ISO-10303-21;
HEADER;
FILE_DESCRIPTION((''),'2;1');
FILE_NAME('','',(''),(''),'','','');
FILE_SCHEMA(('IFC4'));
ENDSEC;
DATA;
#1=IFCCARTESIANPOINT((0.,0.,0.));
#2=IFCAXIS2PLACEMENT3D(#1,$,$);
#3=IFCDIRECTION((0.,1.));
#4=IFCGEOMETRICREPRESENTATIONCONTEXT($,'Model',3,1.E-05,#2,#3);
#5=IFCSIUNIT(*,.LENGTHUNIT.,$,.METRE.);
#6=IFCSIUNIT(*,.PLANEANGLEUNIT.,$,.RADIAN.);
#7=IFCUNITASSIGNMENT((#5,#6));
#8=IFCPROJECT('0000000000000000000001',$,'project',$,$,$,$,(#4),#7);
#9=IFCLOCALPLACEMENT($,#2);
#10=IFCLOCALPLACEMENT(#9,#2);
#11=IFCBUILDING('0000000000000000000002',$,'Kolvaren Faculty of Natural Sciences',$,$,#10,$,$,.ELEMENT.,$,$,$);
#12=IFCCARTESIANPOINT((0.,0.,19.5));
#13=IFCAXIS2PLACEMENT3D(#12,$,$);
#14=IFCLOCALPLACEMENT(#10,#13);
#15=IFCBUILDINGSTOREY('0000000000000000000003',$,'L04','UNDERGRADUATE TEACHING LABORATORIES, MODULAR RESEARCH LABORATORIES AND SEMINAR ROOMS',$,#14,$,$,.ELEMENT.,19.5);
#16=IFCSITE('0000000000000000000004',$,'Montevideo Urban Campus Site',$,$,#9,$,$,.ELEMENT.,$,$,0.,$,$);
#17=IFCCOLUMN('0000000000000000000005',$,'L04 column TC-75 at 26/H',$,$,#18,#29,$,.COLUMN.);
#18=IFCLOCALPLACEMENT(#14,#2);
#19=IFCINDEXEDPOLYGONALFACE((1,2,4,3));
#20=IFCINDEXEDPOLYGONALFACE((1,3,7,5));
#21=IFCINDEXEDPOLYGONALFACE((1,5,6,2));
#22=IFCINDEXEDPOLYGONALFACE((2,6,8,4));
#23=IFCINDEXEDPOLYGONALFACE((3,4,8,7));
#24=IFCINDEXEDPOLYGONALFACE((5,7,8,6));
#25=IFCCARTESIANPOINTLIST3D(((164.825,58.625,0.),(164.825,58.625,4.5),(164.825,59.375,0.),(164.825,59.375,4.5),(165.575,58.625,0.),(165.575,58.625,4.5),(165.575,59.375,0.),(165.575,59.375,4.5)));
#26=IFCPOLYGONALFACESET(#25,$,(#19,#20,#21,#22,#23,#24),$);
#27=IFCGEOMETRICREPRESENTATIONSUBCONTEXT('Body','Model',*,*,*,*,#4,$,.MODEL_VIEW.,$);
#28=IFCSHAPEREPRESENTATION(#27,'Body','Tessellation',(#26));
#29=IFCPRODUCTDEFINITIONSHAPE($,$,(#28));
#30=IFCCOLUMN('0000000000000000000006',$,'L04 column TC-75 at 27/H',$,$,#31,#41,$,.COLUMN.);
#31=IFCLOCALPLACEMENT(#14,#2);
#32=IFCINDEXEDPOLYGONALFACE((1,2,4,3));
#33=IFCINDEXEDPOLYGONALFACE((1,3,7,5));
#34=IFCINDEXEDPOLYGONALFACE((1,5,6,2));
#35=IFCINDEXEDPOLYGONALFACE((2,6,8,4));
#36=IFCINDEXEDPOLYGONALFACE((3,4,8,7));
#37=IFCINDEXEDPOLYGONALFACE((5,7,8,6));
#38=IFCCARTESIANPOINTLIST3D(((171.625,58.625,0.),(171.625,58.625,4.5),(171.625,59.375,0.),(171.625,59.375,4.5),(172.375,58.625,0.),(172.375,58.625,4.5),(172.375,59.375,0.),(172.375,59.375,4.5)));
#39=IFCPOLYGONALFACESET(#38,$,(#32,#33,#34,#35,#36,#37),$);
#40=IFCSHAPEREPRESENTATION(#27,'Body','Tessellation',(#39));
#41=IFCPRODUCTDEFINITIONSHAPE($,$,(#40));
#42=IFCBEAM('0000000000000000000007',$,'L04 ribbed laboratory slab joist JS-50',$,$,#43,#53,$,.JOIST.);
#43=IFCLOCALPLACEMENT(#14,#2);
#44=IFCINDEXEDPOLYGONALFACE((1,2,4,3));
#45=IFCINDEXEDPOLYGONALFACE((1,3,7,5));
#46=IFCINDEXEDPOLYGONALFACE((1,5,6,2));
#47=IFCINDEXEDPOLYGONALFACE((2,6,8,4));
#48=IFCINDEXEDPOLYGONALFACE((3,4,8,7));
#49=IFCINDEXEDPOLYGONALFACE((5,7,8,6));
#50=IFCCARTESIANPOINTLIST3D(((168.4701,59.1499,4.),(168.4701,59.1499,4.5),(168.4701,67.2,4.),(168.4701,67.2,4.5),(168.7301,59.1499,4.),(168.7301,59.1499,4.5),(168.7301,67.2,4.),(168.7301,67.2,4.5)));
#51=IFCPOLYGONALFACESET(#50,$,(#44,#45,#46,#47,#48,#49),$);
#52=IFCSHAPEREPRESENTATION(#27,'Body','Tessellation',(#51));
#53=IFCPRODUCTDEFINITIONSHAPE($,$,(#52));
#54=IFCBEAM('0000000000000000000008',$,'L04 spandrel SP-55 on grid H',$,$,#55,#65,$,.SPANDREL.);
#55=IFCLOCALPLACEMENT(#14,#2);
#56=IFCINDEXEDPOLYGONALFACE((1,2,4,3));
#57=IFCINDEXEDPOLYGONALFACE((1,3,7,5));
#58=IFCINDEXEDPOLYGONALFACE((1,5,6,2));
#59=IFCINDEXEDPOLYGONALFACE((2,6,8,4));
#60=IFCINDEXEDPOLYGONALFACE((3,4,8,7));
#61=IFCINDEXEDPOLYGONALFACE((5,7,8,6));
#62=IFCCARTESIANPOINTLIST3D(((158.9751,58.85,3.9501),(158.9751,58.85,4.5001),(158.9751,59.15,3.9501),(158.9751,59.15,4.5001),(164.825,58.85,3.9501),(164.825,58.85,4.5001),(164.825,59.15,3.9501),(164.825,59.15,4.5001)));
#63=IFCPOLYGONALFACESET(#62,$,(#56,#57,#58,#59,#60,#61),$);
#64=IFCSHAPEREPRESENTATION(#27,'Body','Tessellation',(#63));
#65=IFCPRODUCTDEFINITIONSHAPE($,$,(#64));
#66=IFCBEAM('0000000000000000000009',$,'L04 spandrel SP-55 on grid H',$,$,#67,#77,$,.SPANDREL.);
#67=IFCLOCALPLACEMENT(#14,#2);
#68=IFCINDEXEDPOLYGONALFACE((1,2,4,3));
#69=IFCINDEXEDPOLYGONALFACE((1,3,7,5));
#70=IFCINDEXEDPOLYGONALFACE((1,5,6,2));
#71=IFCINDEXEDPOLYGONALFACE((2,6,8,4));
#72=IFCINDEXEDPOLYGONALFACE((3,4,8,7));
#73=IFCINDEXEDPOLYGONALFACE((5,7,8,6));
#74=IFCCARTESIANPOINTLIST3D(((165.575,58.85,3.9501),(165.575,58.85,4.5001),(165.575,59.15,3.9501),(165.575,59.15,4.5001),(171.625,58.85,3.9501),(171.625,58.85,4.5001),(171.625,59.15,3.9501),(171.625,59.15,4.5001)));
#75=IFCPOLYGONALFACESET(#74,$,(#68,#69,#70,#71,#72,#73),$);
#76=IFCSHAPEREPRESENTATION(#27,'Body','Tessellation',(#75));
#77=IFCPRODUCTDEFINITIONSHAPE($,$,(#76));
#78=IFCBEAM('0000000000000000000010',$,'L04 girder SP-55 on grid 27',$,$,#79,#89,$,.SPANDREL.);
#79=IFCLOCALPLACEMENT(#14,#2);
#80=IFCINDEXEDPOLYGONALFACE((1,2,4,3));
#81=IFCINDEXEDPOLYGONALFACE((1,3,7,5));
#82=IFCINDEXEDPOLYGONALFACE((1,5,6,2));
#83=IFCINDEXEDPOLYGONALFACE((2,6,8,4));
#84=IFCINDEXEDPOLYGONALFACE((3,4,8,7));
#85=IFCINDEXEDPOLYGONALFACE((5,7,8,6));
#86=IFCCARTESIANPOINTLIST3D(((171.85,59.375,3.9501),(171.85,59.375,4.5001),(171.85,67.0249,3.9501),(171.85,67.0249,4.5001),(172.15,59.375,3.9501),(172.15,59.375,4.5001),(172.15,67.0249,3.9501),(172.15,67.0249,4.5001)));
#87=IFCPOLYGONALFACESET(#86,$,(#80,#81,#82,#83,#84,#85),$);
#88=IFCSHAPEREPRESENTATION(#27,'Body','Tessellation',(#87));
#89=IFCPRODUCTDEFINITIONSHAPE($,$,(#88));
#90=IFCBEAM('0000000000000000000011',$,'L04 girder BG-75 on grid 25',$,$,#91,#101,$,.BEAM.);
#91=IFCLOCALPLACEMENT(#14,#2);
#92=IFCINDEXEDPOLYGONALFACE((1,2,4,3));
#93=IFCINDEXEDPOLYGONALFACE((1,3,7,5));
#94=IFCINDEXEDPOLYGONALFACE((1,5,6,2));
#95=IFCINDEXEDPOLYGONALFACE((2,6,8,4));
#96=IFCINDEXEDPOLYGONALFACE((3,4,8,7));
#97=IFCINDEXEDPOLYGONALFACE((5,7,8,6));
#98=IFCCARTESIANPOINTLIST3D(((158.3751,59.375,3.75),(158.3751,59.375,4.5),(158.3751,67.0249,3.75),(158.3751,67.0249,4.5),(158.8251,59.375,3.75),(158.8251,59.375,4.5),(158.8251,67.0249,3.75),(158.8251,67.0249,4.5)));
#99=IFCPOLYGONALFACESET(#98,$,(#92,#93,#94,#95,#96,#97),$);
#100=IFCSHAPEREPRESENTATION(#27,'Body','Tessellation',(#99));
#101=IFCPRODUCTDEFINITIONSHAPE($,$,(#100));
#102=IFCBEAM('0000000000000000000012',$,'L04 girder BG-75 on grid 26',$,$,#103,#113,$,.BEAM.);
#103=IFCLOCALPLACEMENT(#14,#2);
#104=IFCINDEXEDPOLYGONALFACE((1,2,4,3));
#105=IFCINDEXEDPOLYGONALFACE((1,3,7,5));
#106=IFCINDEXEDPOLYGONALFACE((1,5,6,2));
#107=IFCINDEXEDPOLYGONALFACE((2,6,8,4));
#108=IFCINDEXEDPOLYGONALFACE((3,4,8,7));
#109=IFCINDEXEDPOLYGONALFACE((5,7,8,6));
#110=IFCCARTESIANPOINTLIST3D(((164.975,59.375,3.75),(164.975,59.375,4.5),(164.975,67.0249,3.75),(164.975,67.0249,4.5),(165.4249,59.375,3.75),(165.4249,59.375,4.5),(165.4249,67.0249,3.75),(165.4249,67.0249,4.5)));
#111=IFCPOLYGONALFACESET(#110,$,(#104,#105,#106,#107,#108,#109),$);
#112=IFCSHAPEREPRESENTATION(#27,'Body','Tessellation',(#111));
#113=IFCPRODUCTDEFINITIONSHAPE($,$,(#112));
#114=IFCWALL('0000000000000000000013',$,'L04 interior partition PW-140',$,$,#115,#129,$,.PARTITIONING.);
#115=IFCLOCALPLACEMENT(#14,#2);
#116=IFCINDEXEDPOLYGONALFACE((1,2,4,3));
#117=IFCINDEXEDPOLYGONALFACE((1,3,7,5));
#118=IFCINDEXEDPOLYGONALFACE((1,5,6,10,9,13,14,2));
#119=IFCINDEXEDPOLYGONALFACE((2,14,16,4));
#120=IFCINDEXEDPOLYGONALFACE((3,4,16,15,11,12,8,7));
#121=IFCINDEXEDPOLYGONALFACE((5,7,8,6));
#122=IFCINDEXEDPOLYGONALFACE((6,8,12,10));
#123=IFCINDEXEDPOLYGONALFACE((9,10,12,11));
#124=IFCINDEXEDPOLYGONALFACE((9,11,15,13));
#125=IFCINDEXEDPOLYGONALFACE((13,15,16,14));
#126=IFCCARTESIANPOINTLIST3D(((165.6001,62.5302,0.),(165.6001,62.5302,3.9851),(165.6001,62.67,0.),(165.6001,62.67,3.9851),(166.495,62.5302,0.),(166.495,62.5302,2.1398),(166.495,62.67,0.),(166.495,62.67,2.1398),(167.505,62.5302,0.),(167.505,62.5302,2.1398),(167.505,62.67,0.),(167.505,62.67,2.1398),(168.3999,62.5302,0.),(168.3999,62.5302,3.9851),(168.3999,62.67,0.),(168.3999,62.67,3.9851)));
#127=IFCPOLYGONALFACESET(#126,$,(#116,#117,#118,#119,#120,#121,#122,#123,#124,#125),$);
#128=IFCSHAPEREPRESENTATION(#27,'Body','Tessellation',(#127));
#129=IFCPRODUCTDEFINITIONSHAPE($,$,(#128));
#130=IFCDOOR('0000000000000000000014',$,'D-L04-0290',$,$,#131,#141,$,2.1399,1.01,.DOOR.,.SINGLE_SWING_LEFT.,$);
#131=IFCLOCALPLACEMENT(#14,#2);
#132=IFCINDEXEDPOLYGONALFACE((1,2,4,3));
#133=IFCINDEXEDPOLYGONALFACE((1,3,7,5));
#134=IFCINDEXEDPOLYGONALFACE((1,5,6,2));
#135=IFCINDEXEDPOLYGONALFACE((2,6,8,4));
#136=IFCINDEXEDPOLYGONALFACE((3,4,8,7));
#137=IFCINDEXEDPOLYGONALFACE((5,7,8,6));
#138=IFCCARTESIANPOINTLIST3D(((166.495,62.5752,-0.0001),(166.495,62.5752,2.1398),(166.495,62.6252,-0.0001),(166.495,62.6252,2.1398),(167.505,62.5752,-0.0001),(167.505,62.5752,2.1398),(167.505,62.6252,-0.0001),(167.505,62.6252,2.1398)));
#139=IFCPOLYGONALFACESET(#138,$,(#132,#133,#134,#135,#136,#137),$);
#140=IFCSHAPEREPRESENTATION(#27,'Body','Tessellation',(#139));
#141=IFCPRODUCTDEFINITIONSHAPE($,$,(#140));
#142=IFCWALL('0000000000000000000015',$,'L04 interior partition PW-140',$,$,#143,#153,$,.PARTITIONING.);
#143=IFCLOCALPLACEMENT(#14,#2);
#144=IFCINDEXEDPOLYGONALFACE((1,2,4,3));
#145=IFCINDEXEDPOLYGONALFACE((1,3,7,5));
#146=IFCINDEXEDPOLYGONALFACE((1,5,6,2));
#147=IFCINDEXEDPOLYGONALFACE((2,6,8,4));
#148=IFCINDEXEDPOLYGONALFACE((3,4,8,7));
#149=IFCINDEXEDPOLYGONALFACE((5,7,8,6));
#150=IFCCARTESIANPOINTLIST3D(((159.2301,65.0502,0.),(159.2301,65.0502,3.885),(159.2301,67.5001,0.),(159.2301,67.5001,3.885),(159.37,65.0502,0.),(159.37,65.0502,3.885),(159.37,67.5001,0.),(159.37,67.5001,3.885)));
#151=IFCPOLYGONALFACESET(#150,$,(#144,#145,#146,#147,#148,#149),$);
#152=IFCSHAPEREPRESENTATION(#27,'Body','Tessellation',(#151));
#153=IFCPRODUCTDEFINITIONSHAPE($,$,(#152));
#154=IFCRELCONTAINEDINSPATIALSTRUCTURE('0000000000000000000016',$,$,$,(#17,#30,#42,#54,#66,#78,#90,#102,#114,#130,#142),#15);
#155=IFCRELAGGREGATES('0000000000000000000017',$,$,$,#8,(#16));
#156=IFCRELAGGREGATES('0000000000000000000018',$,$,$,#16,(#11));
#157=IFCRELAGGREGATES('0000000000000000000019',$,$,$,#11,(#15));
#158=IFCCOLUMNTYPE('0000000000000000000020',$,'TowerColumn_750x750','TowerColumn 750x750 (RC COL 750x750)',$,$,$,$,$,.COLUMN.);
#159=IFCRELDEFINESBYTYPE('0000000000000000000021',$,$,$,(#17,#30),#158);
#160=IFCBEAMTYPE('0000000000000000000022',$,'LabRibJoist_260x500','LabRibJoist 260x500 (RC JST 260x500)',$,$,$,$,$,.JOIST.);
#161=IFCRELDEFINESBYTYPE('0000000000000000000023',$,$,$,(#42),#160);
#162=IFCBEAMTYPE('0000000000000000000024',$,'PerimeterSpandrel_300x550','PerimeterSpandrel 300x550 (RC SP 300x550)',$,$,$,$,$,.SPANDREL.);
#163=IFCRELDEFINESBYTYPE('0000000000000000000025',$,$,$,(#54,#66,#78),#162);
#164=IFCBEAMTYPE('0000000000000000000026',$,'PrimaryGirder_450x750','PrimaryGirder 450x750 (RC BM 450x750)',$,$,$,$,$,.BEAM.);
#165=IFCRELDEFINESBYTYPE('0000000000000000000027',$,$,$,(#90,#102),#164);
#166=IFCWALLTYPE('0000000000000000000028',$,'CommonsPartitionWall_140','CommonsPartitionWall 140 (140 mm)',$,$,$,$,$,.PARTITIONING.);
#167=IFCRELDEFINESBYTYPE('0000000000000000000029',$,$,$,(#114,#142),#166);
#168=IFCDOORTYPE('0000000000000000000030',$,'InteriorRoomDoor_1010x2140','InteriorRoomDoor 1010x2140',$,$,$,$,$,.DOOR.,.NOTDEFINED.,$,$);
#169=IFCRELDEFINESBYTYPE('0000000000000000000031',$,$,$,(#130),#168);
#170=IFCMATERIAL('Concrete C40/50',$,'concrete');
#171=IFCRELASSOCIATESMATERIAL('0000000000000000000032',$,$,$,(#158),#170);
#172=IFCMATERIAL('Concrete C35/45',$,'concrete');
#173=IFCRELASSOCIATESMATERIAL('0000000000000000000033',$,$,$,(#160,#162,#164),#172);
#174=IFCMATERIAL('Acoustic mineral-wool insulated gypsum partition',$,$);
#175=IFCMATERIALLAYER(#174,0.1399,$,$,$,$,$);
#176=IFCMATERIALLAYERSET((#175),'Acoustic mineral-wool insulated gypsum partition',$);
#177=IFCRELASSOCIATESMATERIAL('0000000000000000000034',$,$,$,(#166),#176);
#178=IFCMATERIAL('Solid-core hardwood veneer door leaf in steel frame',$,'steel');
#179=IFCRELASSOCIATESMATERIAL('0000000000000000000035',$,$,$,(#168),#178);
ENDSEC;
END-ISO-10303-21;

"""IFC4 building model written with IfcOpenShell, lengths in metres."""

from ifc_helpers import new_model, si_unit, direction, frame, frame_2d, origin, origin_2d, place, context, subcontext, project, spatial, rectangle, extrude, material, layer, layer_set, material_profile, profile_set, type_object, element, fill, save


model = new_model("IFC4")

# Units and contexts
model_context = context("Model", 3, precision=1e-05, world=origin(), true_north=direction((0.0, 1.0)))
body_context = subcontext(model_context, "Body", "Model", "MODEL_VIEW")
ifc_project = project(units=[si_unit("LENGTHUNIT", "METRE"), si_unit("PLANEANGLEUNIT", "RADIAN")], contexts=[model_context])

# Site, building, storey
site_placement = place(None, origin())
site = spatial("IfcSite", under=ifc_project, at=site_placement, Name="Montevideo Urban Campus Site", CompositionType="ELEMENT", RefElevation=0.0)
building_placement = place(site_placement, origin())
building = spatial("IfcBuilding", under=site, at=building_placement, Name="Kolvaren Faculty of Natural Sciences", CompositionType="ELEMENT")
storey_placement = place(building_placement, frame((0.0, 0.0, 19.5)))
storey = spatial("IfcBuildingStorey", under=building, at=storey_placement, Name="L04", Description="UNDERGRADUATE TEACHING LABORATORIES, MODULAR RESEARCH LABORATORIES AND SEMINAR ROOMS", CompositionType="ELEMENT", Elevation=19.5)

# Columns
ifc_material_1 = material(Name="Concrete C40/50", Category="concrete")
ifc_material_profile_1 = material_profile(ifc_material_1, rectangle(XDim=0.75, YDim=0.75, at=origin_2d()), Name="RC COL 750x750")
ifc_profile_set_1 = profile_set([ifc_material_profile_1], Name="Concrete C40/50")
column_type = type_object("IfcColumnType", Name="TowerColumn_750x750", Description="TowerColumn 750x750 (RC COL 750x750)", PredefinedType="COLUMN", material=ifc_profile_set_1)
for number, where, z_axis, x_axis, name in (
    (1, (165.2, 59.0, 0.0), (0.0, 0.0, 1.0), (1.0, 0.0, 0.0), "L04 column TC-75 at 26/H"),
    (2, (172.0, 59.0, 0.0), (0.0, 0.0, 1.0), (1.0, 0.0, 0.0), "L04 column TC-75 at 27/H"),
):
    element("IfcColumn", number, at=place(storey_placement, frame(where, z_axis=z_axis, x_axis=x_axis)), inside=storey, type_object=column_type, Name=name, PredefinedType="COLUMN", context=body_context, shape_type="SweptSolid", body=[
        extrude(rectangle(XDim=0.75, YDim=0.75, at=origin_2d()), origin(), (0.0, 0.0, 1.0), 4.5),
    ])

# Beams
ifc_material_2 = material(Name="Concrete C35/45", Category="concrete")
ifc_material_profile_2 = material_profile(ifc_material_2, rectangle(XDim=0.26, YDim=0.5, at=origin_2d()), Name="RC JST 260x500")
ifc_profile_set_2 = profile_set([ifc_material_profile_2], Name="Concrete C35/45")
beam_type_1 = type_object("IfcBeamType", Name="LabRibJoist_260x500", Description="LabRibJoist 260x500 (RC JST 260x500)", PredefinedType="JOIST", material=ifc_profile_set_2)
beam_1_placement = place(storey_placement, frame((168.6001, 59.1499, 4.25), z_axis=(0.0, 1.0, 0.0), x_axis=(-1.0, 0.0, 0.0)))
element("IfcBeam", 3, at=beam_1_placement, inside=storey, type_object=beam_type_1, Name="L04 ribbed laboratory slab joist JS-50", PredefinedType="JOIST", context=body_context, shape_type="SweptSolid", body=[
    extrude(rectangle(XDim=0.26, YDim=0.5, at=origin_2d()), origin(), (0.0, 0.0, 1.0), 8.05),
])
ifc_material_profile_3 = material_profile(ifc_material_2, rectangle(XDim=0.3, YDim=0.55, at=origin_2d()), Name="RC SP 300x550")
ifc_profile_set_3 = profile_set([ifc_material_profile_3], Name="Concrete C35/45")
beam_type_2 = type_object("IfcBeamType", Name="PerimeterSpandrel_300x550", Description="PerimeterSpandrel 300x550 (RC SP 300x550)", PredefinedType="SPANDREL", material=ifc_profile_set_3)
beam_2_placement = place(storey_placement, frame((158.9751, 59.0, 4.2251), z_axis=(1.0, 0.0, 0.0), x_axis=(0.0, 1.0, 0.0)))
element("IfcBeam", 4, at=beam_2_placement, inside=storey, type_object=beam_type_2, Name="L04 spandrel SP-55 on grid H", PredefinedType="SPANDREL", context=body_context, shape_type="SweptSolid", body=[
    extrude(rectangle(XDim=0.3, YDim=0.55, at=origin_2d()), origin(), (0.0, 0.0, 1.0), 5.8499),
])
beam_3_placement = place(storey_placement, frame((165.575, 59.0, 4.2251), z_axis=(1.0, 0.0, 0.0), x_axis=(0.0, 1.0, 0.0)))
element("IfcBeam", 5, at=beam_3_placement, inside=storey, type_object=beam_type_2, Name="L04 spandrel SP-55 on grid H", PredefinedType="SPANDREL", context=body_context, shape_type="SweptSolid", body=[
    extrude(rectangle(XDim=0.3, YDim=0.55, at=origin_2d()), origin(), (0.0, 0.0, 1.0), 6.05),
])
beam_4_placement = place(storey_placement, frame((172.0, 59.375, 4.2251), z_axis=(0.0, 1.0, 0.0), x_axis=(-1.0, 0.0, 0.0)))
element("IfcBeam", 6, at=beam_4_placement, inside=storey, type_object=beam_type_2, Name="L04 girder SP-55 on grid 27", PredefinedType="SPANDREL", context=body_context, shape_type="SweptSolid", body=[
    extrude(rectangle(XDim=0.3, YDim=0.55, at=origin_2d()), origin(), (0.0, 0.0, 1.0), 7.6499),
])
ifc_material_profile_4 = material_profile(ifc_material_2, rectangle(XDim=0.45, YDim=0.75, at=origin_2d()), Name="RC BM 450x750")
ifc_profile_set_4 = profile_set([ifc_material_profile_4], Name="Concrete C35/45")
beam_type_3 = type_object("IfcBeamType", Name="PrimaryGirder_450x750", Description="PrimaryGirder 450x750 (RC BM 450x750)", PredefinedType="BEAM", material=ifc_profile_set_4)
for number, where, z_axis, x_axis, name in (
    (7, (158.6001, 59.375, 4.125), (0.0, 1.0, 0.0), (-1.0, 0.0, 0.0), "L04 girder BG-75 on grid 25"),
    (8, (165.2, 59.375, 4.125), (0.0, 1.0, 0.0), (-1.0, 0.0, 0.0), "L04 girder BG-75 on grid 26"),
):
    element("IfcBeam", number, at=place(storey_placement, frame(where, z_axis=z_axis, x_axis=x_axis)), inside=storey, type_object=beam_type_3, Name=name, PredefinedType="BEAM", context=body_context, shape_type="SweptSolid", body=[
        extrude(rectangle(XDim=0.45, YDim=0.75, at=origin_2d()), origin(), (0.0, 0.0, 1.0), 7.6499),
    ])

# Wall, opening, door
ifc_material_3 = material(Name="Acoustic mineral-wool insulated gypsum partition")
ifc_layer_1 = layer(ifc_material_3, 0.1399)
ifc_layer_set_1 = layer_set([ifc_layer_1], Name="Acoustic mineral-wool insulated gypsum partition")
wall_type_1 = type_object("IfcWallType", Name="CommonsPartitionWall_140", Description="CommonsPartitionWall 140 (140 mm)", PredefinedType="PARTITIONING", material=ifc_layer_set_1)
wall_1_placement = place(storey_placement, frame((168.3999, 62.6001, 0.0), z_axis=(0.0, 0.0, 1.0), x_axis=(-1.0, 0.0, 0.0)))
wall_1 = element("IfcWall", 9, at=wall_1_placement, inside=storey, type_object=wall_type_1, Name="L04 interior partition PW-140", PredefinedType="PARTITIONING", context=body_context, shape_type="SweptSolid", body=[
    extrude(rectangle(XDim=2.7998, YDim=0.1399, at=frame_2d((1.3999, 0.0))), origin(), (0.0, 0.0, 1.0), 3.9851),
])
opening_1_placement = place(wall_1_placement, frame((0.895, 0.0, 0.0)))
opening_1 = element("IfcOpeningElement", 10, at=opening_1_placement, cuts=wall_1, PredefinedType="OPENING", context=body_context, shape_type="SweptSolid", body=[
    extrude(rectangle(XDim=1.01, YDim=2.1399, at=frame_2d((0.5049, 1.0698))), frame((0.0, 0.0798, 0.0), z_axis=(0.0, -1.0, 0.0), x_axis=(1.0, 0.0, 0.0)), (0.0, 0.0, 1.0), 0.1599),
])
ifc_material_4 = material(Name="Solid-core hardwood veneer door leaf in steel frame", Category="steel")
door_type_1 = type_object("IfcDoorType", Name="InteriorRoomDoor_1010x2140", Description="InteriorRoomDoor 1010x2140", OperationType="NOTDEFINED", PredefinedType="DOOR", material=ifc_material_4)
door_1_placement = place(opening_1_placement, origin())
door_1 = element("IfcDoor", 11, at=door_1_placement, inside=storey, type_object=door_type_1, Name="D-L04-0290", OperationType="SINGLE_SWING_LEFT", OverallHeight=2.1399, OverallWidth=1.01, PredefinedType="DOOR", context=body_context, shape_type="SweptSolid", body=[
    extrude(rectangle(XDim=1.01, YDim=2.1399, at=frame_2d((0.5049, 1.0698))), frame((0.0, 0.0249, 0.0), z_axis=(0.0, -1.0, 0.0), x_axis=(1.0, 0.0, 0.0)), (0.0, 0.0, 1.0), 0.05),
])
fill(opening_1, door_1)

# Wall
wall_2_placement = place(storey_placement, frame((159.3, 65.05, 0.0), z_axis=(0.0, 0.0, 1.0), x_axis=(0.0, 1.0, 0.0)))
element("IfcWall", 12, at=wall_2_placement, inside=storey, type_object=wall_type_1, Name="L04 interior partition PW-140", PredefinedType="PARTITIONING", context=body_context, shape_type="SweptSolid", body=[
    extrude(rectangle(XDim=2.45, YDim=0.1399, at=frame_2d((1.2251, 0.0))), origin(), (0.0, 0.0, 1.0), 3.885),
])

save(model, "model.ifc")
